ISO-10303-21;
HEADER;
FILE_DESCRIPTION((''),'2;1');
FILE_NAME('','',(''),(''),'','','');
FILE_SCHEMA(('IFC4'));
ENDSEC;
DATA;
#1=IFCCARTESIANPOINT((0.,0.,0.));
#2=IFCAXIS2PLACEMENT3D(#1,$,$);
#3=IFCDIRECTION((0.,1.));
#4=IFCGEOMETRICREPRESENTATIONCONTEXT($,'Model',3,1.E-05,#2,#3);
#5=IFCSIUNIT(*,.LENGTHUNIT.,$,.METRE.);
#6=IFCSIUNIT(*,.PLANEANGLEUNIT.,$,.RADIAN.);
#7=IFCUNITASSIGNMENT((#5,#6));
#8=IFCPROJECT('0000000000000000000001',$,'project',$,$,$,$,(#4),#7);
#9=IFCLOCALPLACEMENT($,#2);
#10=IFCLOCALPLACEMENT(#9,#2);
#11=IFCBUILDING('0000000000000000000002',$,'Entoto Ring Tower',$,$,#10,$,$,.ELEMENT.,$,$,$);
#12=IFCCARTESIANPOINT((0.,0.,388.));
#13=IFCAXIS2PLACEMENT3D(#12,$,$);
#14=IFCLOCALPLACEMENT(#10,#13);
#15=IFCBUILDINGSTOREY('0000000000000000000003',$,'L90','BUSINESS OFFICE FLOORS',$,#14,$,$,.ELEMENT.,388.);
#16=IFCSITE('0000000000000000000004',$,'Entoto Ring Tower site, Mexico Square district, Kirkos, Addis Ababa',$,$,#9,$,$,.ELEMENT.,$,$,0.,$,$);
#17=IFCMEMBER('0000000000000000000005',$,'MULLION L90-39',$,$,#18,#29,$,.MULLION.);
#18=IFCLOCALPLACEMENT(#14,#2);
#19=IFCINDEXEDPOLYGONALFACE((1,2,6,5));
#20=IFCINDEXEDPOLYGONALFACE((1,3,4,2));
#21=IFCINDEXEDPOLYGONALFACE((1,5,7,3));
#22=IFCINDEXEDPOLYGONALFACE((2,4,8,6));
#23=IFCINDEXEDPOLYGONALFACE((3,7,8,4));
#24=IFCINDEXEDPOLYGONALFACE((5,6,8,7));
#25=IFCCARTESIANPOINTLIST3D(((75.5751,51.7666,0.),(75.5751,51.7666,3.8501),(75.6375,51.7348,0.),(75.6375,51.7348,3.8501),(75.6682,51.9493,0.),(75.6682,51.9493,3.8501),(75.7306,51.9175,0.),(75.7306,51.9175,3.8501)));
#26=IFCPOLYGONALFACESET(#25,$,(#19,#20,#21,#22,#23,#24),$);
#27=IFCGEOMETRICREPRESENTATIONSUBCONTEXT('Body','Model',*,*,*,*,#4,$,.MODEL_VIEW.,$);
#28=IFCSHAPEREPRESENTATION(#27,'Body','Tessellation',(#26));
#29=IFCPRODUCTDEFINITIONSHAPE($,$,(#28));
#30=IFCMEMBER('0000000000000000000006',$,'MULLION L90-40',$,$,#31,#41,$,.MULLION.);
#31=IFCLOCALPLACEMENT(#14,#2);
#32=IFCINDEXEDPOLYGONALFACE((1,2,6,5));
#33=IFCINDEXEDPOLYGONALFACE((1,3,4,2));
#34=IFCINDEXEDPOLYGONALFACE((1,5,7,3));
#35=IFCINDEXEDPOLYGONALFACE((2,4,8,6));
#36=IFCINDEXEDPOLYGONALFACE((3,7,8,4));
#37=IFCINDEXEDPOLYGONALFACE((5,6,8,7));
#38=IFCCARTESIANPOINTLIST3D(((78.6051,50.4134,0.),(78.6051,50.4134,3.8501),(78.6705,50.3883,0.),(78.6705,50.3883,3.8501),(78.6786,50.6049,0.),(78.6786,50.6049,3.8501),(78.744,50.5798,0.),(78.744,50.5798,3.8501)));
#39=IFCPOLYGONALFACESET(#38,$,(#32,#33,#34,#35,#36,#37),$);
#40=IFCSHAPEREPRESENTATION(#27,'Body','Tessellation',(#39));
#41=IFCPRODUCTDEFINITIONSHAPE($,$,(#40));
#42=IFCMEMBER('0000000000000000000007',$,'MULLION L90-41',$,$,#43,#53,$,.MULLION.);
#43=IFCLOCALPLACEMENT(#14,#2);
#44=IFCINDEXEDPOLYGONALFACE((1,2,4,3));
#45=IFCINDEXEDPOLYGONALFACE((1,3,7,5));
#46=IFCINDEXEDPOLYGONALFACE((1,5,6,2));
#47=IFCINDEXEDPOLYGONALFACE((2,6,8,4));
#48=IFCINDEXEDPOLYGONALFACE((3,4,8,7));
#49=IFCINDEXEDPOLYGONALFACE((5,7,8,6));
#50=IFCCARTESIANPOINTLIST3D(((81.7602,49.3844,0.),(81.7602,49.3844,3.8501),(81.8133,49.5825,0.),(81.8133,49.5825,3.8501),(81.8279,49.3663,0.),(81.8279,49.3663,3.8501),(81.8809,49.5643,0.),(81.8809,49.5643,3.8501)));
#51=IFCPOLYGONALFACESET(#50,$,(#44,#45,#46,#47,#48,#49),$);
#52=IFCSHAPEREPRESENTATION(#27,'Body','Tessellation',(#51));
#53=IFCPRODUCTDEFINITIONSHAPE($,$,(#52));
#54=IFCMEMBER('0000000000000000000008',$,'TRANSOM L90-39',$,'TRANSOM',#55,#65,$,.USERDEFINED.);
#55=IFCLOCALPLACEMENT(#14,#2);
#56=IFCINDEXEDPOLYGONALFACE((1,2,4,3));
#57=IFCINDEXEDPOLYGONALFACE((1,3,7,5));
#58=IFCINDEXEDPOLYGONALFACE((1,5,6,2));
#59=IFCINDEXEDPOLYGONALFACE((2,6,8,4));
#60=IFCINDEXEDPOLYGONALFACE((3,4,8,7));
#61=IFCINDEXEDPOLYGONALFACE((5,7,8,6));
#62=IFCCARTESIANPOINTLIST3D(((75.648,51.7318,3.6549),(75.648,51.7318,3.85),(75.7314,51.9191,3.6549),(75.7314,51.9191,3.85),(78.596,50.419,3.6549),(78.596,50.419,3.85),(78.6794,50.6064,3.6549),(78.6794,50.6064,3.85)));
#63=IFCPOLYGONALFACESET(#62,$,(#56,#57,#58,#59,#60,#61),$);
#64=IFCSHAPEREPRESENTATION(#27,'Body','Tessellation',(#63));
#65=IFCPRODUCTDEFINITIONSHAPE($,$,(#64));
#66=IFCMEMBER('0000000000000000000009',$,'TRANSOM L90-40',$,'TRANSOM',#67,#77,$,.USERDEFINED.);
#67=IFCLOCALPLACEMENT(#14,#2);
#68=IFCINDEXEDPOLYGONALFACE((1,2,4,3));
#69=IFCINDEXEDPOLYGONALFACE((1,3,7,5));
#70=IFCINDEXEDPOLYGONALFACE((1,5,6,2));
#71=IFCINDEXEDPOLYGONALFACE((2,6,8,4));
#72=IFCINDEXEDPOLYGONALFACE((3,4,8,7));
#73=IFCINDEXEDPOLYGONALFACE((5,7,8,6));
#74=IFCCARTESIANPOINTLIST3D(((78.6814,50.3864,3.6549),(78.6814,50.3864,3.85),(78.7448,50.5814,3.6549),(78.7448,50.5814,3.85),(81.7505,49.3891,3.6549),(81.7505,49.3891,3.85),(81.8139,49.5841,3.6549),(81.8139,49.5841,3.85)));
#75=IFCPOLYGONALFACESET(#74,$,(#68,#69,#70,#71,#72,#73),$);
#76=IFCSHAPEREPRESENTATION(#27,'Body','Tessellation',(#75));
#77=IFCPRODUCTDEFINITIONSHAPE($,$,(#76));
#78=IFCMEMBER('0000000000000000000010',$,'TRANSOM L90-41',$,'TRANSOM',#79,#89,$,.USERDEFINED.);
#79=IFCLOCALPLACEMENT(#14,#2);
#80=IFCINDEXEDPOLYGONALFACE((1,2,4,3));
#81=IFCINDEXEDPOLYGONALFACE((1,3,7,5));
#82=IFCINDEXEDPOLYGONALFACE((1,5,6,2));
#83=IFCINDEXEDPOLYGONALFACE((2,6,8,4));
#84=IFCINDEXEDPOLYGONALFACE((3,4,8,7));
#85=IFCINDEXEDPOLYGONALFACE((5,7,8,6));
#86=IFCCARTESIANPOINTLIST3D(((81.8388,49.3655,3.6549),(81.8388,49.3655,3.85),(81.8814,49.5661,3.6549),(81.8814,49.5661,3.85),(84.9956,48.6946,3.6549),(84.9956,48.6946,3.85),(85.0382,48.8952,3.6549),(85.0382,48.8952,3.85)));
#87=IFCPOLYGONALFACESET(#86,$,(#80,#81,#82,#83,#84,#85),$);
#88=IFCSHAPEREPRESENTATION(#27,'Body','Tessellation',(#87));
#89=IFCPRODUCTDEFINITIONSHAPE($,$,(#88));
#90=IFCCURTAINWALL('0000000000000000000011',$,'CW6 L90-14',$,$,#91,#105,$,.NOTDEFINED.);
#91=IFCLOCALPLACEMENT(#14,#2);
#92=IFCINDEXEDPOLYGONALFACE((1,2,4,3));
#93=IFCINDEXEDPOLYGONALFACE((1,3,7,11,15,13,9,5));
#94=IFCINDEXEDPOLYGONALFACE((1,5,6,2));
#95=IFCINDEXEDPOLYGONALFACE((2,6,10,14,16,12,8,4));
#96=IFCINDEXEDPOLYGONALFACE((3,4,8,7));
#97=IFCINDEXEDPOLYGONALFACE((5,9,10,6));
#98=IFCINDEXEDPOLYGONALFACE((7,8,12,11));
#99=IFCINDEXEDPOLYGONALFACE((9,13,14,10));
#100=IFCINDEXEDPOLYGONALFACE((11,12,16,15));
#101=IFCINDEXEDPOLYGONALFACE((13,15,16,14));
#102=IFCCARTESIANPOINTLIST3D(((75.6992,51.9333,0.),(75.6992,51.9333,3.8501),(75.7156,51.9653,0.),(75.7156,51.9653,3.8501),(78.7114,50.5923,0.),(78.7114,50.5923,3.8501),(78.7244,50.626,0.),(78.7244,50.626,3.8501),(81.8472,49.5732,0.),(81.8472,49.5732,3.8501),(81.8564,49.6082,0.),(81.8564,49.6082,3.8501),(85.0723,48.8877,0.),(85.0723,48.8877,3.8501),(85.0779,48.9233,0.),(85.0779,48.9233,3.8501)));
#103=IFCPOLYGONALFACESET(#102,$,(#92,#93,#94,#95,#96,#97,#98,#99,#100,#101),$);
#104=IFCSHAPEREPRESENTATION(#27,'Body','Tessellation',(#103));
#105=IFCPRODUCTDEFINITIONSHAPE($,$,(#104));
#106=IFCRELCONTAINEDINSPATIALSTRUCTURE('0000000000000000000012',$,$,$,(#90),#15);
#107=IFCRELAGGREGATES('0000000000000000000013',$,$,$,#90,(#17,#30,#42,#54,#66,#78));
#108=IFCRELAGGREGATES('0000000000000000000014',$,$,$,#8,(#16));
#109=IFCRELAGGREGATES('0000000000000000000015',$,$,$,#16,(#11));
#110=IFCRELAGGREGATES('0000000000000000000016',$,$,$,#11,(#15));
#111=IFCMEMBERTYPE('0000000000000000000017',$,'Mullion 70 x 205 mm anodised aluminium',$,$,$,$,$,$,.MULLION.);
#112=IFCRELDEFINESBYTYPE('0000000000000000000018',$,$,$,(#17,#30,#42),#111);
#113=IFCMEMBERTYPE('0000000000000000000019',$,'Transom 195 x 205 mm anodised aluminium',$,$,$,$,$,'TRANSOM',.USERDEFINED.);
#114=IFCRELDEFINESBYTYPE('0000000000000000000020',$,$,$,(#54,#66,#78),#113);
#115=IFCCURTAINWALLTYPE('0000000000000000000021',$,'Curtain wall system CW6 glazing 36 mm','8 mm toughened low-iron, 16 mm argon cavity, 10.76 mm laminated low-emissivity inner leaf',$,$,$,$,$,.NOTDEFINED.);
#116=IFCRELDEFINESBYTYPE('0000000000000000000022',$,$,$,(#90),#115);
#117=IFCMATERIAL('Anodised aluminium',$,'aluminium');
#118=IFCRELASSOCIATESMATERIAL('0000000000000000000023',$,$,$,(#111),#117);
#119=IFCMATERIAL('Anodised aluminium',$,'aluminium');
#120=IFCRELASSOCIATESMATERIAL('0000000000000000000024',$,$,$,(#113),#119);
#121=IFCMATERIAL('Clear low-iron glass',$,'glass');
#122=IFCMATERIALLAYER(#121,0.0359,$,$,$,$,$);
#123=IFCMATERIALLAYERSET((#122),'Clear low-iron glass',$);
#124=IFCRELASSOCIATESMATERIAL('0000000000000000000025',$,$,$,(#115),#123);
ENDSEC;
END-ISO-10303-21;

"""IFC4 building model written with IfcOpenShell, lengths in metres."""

from ifc_helpers import new_model, si_unit, direction, frame, origin, origin_2d, place, context, subcontext, project, spatial, polyline, rectangle, outline, extrude, material, layer, layer_set, material_profile, profile_set, type_object, element, aggregate, save


model = new_model("IFC4")

# Units and contexts
model_context = context("Model", 3, precision=1e-05, world=origin(), true_north=direction((0.0, 1.0)))
body_context = subcontext(model_context, "Body", "Model", "MODEL_VIEW")
ifc_project = project(units=[si_unit("LENGTHUNIT", "METRE"), si_unit("PLANEANGLEUNIT", "RADIAN")], contexts=[model_context])

# Members
ifc_material_1 = material(Name="Anodised aluminium", Category="aluminium")
ifc_material_profile_1 = material_profile(ifc_material_1, rectangle(XDim=0.0701, YDim=0.2051, at=origin_2d()), Name="Mullion 70 x 205 mm anodised aluminium")
ifc_profile_set_1 = profile_set([ifc_material_profile_1], Name="Anodised aluminium")
member_type_1 = type_object("IfcMemberType", Name="Mullion 70 x 205 mm anodised aluminium", PredefinedType="MULLION", material=ifc_profile_set_1)
site_placement = place(None, origin())
building_placement = place(site_placement, origin())
storey_placement = place(building_placement, frame((0.0, 0.0, 388.0)))
member_1_placement = place(storey_placement, frame((75.6528, 51.842, 0.0), z_axis=(0.0, 0.0, 1.0), x_axis=(0.891007, -0.45399, 0.0)))
member_1 = element("IfcMember", 1, at=member_1_placement, type_object=member_type_1, Name="MULLION L90-39", PredefinedType="MULLION", context=body_context, shape_type="SweptSolid", body=[
    extrude(rectangle(XDim=0.0701, YDim=0.2051, at=origin_2d()), origin(), (0.0, 0.0, 1.0), 3.8501),
])
member_2_placement = place(storey_placement, frame((78.6746, 50.4966, 0.0), z_axis=(0.0, 0.0, 1.0), x_axis=(0.93358, -0.358368, 0.0)))
member_2 = element("IfcMember", 2, at=member_2_placement, type_object=member_type_1, Name="MULLION L90-40", PredefinedType="MULLION", context=body_context, shape_type="SweptSolid", body=[
    extrude(rectangle(XDim=0.0701, YDim=0.2051, at=origin_2d()), origin(), (0.0, 0.0, 1.0), 3.8501),
])
member_3_placement = place(storey_placement, frame((81.8206, 49.4744, 0.0), z_axis=(0.0, 0.0, 1.0), x_axis=(0.965926, -0.258819, 0.0)))
member_3 = element("IfcMember", 3, at=member_3_placement, type_object=member_type_1, Name="MULLION L90-41", PredefinedType="MULLION", context=body_context, shape_type="SweptSolid", body=[
    extrude(rectangle(XDim=0.0701, YDim=0.2051, at=origin_2d()), origin(), (0.0, 0.0, 1.0), 3.8501),
])
ifc_material_2 = material(Name="Anodised aluminium", Category="aluminium")
ifc_material_profile_2 = material_profile(ifc_material_2, rectangle(XDim=0.2051, YDim=0.1951, at=origin_2d()), Name="Transom 195 x 205 mm anodised aluminium")
ifc_profile_set_2 = profile_set([ifc_material_profile_2], Name="Anodised aluminium")
member_type_2 = type_object("IfcMemberType", Name="Transom 195 x 205 mm anodised aluminium", ElementType="TRANSOM", PredefinedType="USERDEFINED", material=ifc_profile_set_2)
member_4_placement = place(storey_placement, frame((75.6897, 51.8254, 3.7524), z_axis=(0.913521, -0.406791, 0.0), x_axis=(0.406791, 0.913521, 0.0)))
member_4 = element("IfcMember", 4, at=member_4_placement, type_object=member_type_2, Name="TRANSOM L90-39", ObjectType="TRANSOM", PredefinedType="USERDEFINED", context=body_context, shape_type="SweptSolid", body=[
    extrude(rectangle(XDim=0.2051, YDim=0.1951, at=origin_2d()), origin(), (0.0, 0.0, 1.0), 3.2271),
])
member_5_placement = place(storey_placement, frame((78.7131, 50.4839, 3.7524), z_axis=(0.951047, -0.309047, 0.0), x_axis=(0.309047, 0.951047, 0.0)))
member_5 = element("IfcMember", 5, at=member_5_placement, type_object=member_type_2, Name="TRANSOM L90-40", ObjectType="TRANSOM", PredefinedType="USERDEFINED", context=body_context, shape_type="SweptSolid", body=[
    extrude(rectangle(XDim=0.2051, YDim=0.1951, at=origin_2d()), origin(), (0.0, 0.0, 1.0), 3.2271),
])
member_6_placement = place(storey_placement, frame((81.8601, 49.4658, 3.7524), z_axis=(0.978153, -0.207886, 0.0), x_axis=(0.207886, 0.978153, 0.0)))
member_6 = element("IfcMember", 6, at=member_6_placement, type_object=member_type_2, Name="TRANSOM L90-41", ObjectType="TRANSOM", PredefinedType="USERDEFINED", context=body_context, shape_type="SweptSolid", body=[
    extrude(rectangle(XDim=0.2051, YDim=0.1951, at=origin_2d()), origin(), (0.0, 0.0, 1.0), 3.2273),
])

# Site, building, storey
site = spatial("IfcSite", under=ifc_project, at=site_placement, Name="Entoto Ring Tower site, Mexico Square district, Kirkos, Addis Ababa", CompositionType="ELEMENT", RefElevation=0.0)
building = spatial("IfcBuilding", under=site, at=building_placement, Name="Entoto Ring Tower", CompositionType="ELEMENT")
storey = spatial("IfcBuildingStorey", under=building, at=storey_placement, Name="L90", Description="BUSINESS OFFICE FLOORS", CompositionType="ELEMENT", Elevation=388.0)

# Curtain wall
ifc_material_3 = material(Name="Clear low-iron glass", Category="glass")
ifc_layer = layer(ifc_material_3, 0.0359)
ifc_layer_set = layer_set([ifc_layer], Name="Clear low-iron glass")
curtain_wall_type = type_object("IfcCurtainWallType", Name="Curtain wall system CW6 glazing 36 mm", Description="8 mm toughened low-iron, 16 mm argon cavity, 10.76 mm laminated low-emissivity inner leaf", PredefinedType="NOTDEFINED", material=ifc_layer_set)
curtain_wall_1_placement = place(storey_placement, origin())
curtain_wall_1 = element("IfcCurtainWall", 7, at=curtain_wall_1_placement, inside=storey, type_object=curtain_wall_type, Name="CW6 L90-14", PredefinedType="NOTDEFINED", context=body_context, shape_type="SweptSolid", body=[
    extrude(outline(polyline([(75.6992, 51.9333), (78.7114, 50.5923), (81.8472, 49.5732), (85.0723, 48.8877), (85.0779, 48.9233), (81.8564, 49.6082), (78.7244, 50.626), (75.7156, 51.9653), (75.6992, 51.9333)])), origin(), (0.0, 0.0, 1.0), 3.8501),
])
aggregate(curtain_wall_1, [member_1, member_2, member_3, member_4, member_5, member_6])

save(model, "model.ifc")
